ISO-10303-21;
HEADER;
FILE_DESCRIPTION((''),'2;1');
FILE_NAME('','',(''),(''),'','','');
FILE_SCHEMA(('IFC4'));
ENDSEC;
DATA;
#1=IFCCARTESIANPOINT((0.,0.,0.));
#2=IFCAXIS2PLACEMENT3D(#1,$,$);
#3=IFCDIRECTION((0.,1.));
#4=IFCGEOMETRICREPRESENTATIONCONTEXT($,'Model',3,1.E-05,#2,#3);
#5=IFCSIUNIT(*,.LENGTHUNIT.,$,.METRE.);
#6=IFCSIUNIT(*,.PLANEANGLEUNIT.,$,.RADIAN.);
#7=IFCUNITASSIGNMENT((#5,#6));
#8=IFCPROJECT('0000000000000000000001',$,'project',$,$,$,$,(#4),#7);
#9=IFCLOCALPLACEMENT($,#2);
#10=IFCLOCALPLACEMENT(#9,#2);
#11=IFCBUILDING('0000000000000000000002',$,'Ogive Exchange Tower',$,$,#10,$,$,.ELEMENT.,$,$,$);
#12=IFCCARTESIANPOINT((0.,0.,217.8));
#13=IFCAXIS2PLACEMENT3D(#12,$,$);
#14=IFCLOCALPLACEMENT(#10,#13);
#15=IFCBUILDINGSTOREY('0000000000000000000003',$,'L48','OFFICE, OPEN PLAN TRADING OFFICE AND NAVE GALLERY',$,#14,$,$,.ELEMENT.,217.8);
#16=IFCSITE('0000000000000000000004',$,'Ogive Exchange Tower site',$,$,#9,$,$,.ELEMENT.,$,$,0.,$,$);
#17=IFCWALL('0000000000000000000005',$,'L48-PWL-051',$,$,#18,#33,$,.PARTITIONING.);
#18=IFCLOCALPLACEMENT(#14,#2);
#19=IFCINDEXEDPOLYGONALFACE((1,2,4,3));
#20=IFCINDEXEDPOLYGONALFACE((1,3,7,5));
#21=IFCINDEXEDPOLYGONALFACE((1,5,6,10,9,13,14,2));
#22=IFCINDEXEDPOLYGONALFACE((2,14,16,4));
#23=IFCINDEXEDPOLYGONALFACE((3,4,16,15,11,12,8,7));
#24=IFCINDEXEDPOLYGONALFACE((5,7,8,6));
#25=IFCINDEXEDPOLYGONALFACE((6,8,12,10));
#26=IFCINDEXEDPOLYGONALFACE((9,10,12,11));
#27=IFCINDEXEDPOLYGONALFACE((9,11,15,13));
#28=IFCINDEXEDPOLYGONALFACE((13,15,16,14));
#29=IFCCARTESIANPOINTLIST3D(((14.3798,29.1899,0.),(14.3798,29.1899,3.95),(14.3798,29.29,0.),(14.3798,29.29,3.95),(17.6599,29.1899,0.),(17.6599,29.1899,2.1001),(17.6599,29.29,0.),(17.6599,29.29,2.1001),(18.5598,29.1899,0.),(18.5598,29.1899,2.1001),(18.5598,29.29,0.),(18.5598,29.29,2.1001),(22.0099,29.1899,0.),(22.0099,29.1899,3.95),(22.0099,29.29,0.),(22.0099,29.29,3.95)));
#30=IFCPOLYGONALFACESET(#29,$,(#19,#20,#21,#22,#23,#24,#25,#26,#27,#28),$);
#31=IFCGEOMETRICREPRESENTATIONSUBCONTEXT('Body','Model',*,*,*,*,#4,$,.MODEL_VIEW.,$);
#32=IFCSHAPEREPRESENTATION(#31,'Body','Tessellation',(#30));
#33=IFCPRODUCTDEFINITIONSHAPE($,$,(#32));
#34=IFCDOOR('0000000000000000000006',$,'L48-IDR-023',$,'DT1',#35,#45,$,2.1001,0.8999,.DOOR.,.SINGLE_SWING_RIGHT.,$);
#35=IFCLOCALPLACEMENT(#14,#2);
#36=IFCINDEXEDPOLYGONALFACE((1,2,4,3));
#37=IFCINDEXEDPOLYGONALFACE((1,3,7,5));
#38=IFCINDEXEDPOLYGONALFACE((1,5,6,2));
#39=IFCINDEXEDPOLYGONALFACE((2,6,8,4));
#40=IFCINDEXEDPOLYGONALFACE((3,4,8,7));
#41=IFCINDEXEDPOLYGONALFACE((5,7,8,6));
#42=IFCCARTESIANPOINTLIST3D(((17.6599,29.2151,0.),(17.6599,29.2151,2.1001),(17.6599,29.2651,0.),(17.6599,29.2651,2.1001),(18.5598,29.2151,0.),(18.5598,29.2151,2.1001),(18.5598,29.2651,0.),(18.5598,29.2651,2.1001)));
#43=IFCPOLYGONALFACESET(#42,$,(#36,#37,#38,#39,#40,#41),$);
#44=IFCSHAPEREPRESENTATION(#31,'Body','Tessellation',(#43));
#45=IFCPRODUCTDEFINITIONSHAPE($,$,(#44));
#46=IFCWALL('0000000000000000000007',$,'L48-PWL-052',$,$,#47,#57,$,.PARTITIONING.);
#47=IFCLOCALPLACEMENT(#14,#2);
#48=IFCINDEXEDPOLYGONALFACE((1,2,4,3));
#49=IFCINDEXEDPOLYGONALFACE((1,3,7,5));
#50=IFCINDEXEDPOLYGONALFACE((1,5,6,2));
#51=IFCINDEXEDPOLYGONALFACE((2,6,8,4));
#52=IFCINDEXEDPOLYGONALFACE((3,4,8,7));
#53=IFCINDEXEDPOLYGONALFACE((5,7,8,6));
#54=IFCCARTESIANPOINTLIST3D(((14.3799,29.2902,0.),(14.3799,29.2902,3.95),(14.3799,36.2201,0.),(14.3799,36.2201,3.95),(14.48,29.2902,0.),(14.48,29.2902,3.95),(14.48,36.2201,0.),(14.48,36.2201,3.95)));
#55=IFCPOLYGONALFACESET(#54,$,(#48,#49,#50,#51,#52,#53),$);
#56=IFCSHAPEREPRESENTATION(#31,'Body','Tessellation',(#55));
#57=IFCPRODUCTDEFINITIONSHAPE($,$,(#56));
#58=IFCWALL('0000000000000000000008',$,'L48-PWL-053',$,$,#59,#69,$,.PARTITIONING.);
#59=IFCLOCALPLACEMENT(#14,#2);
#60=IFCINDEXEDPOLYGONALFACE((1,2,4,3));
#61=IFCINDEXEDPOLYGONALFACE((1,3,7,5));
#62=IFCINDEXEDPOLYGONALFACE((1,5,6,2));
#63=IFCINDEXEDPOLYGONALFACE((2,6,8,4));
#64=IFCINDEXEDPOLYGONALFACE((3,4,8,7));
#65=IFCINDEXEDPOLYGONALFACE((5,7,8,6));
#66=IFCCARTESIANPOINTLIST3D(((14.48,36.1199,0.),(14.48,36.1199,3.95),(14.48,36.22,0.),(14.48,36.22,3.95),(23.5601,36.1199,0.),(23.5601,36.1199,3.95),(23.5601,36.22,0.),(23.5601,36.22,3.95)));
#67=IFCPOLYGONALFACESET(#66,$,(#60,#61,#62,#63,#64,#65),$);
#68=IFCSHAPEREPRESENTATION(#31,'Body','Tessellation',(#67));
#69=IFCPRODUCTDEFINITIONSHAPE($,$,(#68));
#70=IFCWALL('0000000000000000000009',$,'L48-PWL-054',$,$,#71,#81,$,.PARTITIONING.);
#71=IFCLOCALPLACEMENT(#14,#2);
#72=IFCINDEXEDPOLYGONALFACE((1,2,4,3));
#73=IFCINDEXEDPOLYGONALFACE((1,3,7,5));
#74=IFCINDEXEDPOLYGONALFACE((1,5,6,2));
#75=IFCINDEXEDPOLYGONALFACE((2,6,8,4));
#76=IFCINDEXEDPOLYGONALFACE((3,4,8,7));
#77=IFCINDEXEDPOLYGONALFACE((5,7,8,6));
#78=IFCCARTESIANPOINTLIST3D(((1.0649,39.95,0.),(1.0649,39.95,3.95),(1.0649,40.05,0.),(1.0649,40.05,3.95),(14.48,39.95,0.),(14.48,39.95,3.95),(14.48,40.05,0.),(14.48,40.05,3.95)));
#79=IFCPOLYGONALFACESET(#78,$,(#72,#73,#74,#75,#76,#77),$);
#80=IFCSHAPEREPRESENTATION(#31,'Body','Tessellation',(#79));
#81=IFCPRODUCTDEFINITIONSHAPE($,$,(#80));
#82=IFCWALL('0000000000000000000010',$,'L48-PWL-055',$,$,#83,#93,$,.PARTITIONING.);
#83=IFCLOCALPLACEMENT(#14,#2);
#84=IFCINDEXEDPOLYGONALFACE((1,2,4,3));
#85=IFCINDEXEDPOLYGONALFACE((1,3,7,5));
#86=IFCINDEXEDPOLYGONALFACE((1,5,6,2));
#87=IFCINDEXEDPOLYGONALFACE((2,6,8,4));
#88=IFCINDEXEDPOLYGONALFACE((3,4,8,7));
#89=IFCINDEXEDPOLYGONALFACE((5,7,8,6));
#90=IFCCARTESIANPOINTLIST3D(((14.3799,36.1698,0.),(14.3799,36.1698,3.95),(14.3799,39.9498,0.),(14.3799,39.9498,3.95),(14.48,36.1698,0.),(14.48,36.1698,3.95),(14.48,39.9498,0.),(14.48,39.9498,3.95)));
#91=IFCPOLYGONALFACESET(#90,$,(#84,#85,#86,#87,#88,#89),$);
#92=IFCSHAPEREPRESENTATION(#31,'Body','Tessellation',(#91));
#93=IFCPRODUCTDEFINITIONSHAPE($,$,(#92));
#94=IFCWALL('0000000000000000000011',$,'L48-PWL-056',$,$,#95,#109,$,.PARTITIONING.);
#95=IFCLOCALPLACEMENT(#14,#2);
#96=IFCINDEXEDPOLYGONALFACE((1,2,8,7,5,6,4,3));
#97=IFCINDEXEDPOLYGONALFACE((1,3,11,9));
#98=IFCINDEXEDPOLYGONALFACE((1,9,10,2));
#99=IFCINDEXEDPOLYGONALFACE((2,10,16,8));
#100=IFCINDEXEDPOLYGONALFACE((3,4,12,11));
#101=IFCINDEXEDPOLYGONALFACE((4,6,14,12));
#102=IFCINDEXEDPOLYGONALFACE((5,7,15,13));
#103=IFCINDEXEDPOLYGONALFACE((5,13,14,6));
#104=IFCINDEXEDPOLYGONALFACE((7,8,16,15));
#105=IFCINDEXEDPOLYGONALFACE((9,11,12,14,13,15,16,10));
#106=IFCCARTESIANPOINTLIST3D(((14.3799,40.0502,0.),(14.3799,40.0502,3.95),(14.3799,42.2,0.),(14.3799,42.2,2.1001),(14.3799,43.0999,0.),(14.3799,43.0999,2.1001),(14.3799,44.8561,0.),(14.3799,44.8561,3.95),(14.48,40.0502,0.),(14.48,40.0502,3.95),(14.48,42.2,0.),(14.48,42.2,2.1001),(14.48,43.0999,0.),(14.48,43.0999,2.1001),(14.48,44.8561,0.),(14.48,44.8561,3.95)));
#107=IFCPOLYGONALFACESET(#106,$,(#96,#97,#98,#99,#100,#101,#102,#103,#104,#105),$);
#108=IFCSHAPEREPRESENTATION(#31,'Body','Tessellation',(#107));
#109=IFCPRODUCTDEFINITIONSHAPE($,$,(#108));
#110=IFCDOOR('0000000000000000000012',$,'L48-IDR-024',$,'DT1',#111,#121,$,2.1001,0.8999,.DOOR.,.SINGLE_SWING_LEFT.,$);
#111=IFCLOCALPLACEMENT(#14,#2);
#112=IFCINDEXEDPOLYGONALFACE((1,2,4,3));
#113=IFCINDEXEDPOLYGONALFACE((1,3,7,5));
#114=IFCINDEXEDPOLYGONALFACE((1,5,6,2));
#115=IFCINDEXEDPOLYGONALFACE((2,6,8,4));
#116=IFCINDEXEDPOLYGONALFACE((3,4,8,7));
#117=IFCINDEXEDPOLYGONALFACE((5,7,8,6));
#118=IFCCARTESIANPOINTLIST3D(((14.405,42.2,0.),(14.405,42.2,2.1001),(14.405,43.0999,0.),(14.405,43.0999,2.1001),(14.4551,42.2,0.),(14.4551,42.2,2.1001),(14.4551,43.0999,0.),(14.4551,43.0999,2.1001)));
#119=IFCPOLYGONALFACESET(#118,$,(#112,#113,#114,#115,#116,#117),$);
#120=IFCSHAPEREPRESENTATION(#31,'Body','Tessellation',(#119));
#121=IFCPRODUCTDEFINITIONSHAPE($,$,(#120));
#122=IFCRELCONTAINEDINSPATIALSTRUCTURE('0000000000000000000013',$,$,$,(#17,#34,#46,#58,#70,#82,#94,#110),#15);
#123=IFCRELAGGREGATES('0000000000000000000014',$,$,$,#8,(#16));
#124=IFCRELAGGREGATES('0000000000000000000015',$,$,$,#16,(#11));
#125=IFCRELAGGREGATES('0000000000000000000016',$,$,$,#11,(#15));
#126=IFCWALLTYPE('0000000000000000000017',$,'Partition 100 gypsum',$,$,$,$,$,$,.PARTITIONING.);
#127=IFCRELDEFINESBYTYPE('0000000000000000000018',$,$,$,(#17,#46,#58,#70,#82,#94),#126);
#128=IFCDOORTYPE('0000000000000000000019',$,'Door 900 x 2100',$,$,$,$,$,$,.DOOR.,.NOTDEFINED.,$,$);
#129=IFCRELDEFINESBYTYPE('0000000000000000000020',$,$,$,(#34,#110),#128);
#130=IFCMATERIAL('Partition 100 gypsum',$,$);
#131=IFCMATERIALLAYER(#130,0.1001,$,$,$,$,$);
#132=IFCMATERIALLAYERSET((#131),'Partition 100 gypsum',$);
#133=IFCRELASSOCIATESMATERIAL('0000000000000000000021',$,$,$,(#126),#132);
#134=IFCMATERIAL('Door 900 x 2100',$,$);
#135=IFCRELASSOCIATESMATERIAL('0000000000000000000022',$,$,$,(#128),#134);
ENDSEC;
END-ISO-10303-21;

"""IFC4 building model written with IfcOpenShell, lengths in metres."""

from ifc_helpers import new_model, si_unit, direction, frame, frame_2d, origin, place, context, subcontext, project, spatial, rectangle, extrude, material, layer, layer_set, type_object, element, fill, save


model = new_model("IFC4")

# Units and contexts
model_context = context("Model", 3, precision=1e-05, world=origin(), true_north=direction((0.0, 1.0)))
body_context = subcontext(model_context, "Body", "Model", "MODEL_VIEW")
ifc_project = project(units=[si_unit("LENGTHUNIT", "METRE"), si_unit("PLANEANGLEUNIT", "RADIAN")], contexts=[model_context])

# Site, building, storey
site_placement = place(None, origin())
site = spatial("IfcSite", under=ifc_project, at=site_placement, Name="Ogive Exchange Tower site", CompositionType="ELEMENT", RefElevation=0.0)
building_placement = place(site_placement, origin())
building = spatial("IfcBuilding", under=site, at=building_placement, Name="Ogive Exchange Tower", CompositionType="ELEMENT")
storey_placement = place(building_placement, frame((0.0, 0.0, 217.8)))
storey = spatial("IfcBuildingStorey", under=building, at=storey_placement, Name="L48", Description="OFFICE, OPEN PLAN TRADING OFFICE AND NAVE GALLERY", CompositionType="ELEMENT", Elevation=217.8)

# Shared definitions
ifc_material_1 = material(Name="Partition 100 gypsum")
ifc_layer_1 = layer(ifc_material_1, 0.1001)
ifc_layer_set_1 = layer_set([ifc_layer_1], Name="Partition 100 gypsum")
wall_type_1 = type_object("IfcWallType", Name="Partition 100 gypsum", PredefinedType="PARTITIONING", material=ifc_layer_set_1)

# Wall, opening, door
wall_1_placement = place(storey_placement, frame((14.3799, 29.24, 0.0), z_axis=(0.0, 0.0, 1.0), x_axis=(1.0, 0.0, 0.0)))
wall_1 = element("IfcWall", 1, at=wall_1_placement, inside=storey, type_object=wall_type_1, Name="L48-PWL-051", PredefinedType="PARTITIONING", context=body_context, shape_type="SweptSolid", body=[
    extrude(rectangle(XDim=7.6301, YDim=0.1001, at=frame_2d((3.8149, 0.0))), origin(), (0.0, 0.0, 1.0), 3.95),
])
opening_1_placement = place(wall_1_placement, frame((3.28, 0.0, 0.0)))
opening_1 = element("IfcOpeningElement", 2, at=opening_1_placement, cuts=wall_1, PredefinedType="OPENING", context=body_context, shape_type="SweptSolid", body=[
    extrude(rectangle(XDim=0.8999, YDim=2.1001, at=frame_2d((0.45, 1.05))), frame((0.0, 0.0601, 0.0), z_axis=(0.0, -1.0, 0.0), x_axis=(1.0, 0.0, 0.0)), (0.0, 0.0, 1.0), 0.1201),
])
ifc_material_2 = material(Name="Door 900 x 2100")
door_type_1 = type_object("IfcDoorType", Name="Door 900 x 2100", OperationType="NOTDEFINED", PredefinedType="DOOR", material=ifc_material_2)
door_1_placement = place(opening_1_placement, frame((0.8999, 0.0, 0.0), z_axis=(0.0, 0.0, 1.0), x_axis=(-1.0, 0.0, 0.0)))
door_1 = element("IfcDoor", 3, at=door_1_placement, inside=storey, type_object=door_type_1, Name="L48-IDR-023", ObjectType="DT1", OperationType="SINGLE_SWING_RIGHT", OverallHeight=2.1001, OverallWidth=0.8999, PredefinedType="DOOR", context=body_context, shape_type="SweptSolid", body=[
    extrude(rectangle(XDim=0.8999, YDim=2.1001, at=frame_2d((0.45, 1.05))), frame((0.0, 0.0249, 0.0), z_axis=(0.0, -1.0, 0.0), x_axis=(1.0, 0.0, 0.0)), (0.0, 0.0, 1.0), 0.05),
])
fill(opening_1, door_1)

# Walls
wall_2_placement = place(storey_placement, frame((14.4299, 36.22, 0.0), z_axis=(0.0, 0.0, 1.0), x_axis=(0.0, -1.0, 0.0)))
element("IfcWall", 4, at=wall_2_placement, inside=storey, type_object=wall_type_1, Name="L48-PWL-052", PredefinedType="PARTITIONING", context=body_context, shape_type="SweptSolid", body=[
    extrude(rectangle(XDim=6.9299, YDim=0.1001, at=frame_2d((3.4648, 0.0))), origin(), (0.0, 0.0, 1.0), 3.95),
])
wall_3_placement = place(storey_placement, frame((14.48, 36.1699, 0.0), z_axis=(0.0, 0.0, 1.0), x_axis=(1.0, 0.0, 0.0)))
element("IfcWall", 5, at=wall_3_placement, inside=storey, type_object=wall_type_1, Name="L48-PWL-053", PredefinedType="PARTITIONING", context=body_context, shape_type="SweptSolid", body=[
    extrude(rectangle(XDim=9.0801, YDim=0.1001, at=frame_2d((4.54, 0.0))), origin(), (0.0, 0.0, 1.0), 3.95),
])
wall_4_placement = place(storey_placement, frame((14.48, 40.0, 0.0), z_axis=(0.0, 0.0, 1.0), x_axis=(-1.0, 0.0, 0.0)))
element("IfcWall", 6, at=wall_4_placement, inside=storey, type_object=wall_type_1, Name="L48-PWL-054", PredefinedType="PARTITIONING", context=body_context, shape_type="SweptSolid", body=[
    extrude(rectangle(XDim=13.415, YDim=0.1001, at=frame_2d((6.7075, 0.0))), origin(), (0.0, 0.0, 1.0), 3.95),
])
wall_5_placement = place(storey_placement, frame((14.4299, 39.95, 0.0), z_axis=(0.0, 0.0, 1.0), x_axis=(0.0, -1.0, 0.0)))
element("IfcWall", 7, at=wall_5_placement, inside=storey, type_object=wall_type_1, Name="L48-PWL-055", PredefinedType="PARTITIONING", context=body_context, shape_type="SweptSolid", body=[
    extrude(rectangle(XDim=3.78, YDim=0.1001, at=frame_2d((1.8901, 0.0))), origin(), (0.0, 0.0, 1.0), 3.95),
])

# Wall, opening, door
wall_6_placement = place(storey_placement, frame((14.4299, 44.856, 0.0), z_axis=(0.0, 0.0, 1.0), x_axis=(0.0, -1.0, 0.0)))
wall_6 = element("IfcWall", 8, at=wall_6_placement, inside=storey, type_object=wall_type_1, Name="L48-PWL-056", PredefinedType="PARTITIONING", context=body_context, shape_type="SweptSolid", body=[
    extrude(rectangle(XDim=4.8059, YDim=0.1001, at=frame_2d((2.4028, 0.0))), origin(), (0.0, 0.0, 1.0), 3.95),
])
opening_2_placement = place(wall_6_placement, frame((1.7561, 0.0, 0.0)))
opening_2 = element("IfcOpeningElement", 9, at=opening_2_placement, cuts=wall_6, PredefinedType="OPENING", context=body_context, shape_type="SweptSolid", body=[
    extrude(rectangle(XDim=0.8999, YDim=2.1001, at=frame_2d((0.45, 1.05))), frame((0.0, 0.0601, 0.0), z_axis=(0.0, -1.0, 0.0), x_axis=(1.0, 0.0, 0.0)), (0.0, 0.0, 1.0), 0.1201),
])
door_2_placement = place(opening_2_placement, frame((0.8999, 0.0, 0.0), z_axis=(0.0, 0.0, 1.0), x_axis=(-1.0, 0.0, 0.0)))
door_2 = element("IfcDoor", 10, at=door_2_placement, inside=storey, type_object=door_type_1, Name="L48-IDR-024", ObjectType="DT1", OperationType="SINGLE_SWING_LEFT", OverallHeight=2.1001, OverallWidth=0.8999, PredefinedType="DOOR", context=body_context, shape_type="SweptSolid", body=[
    extrude(rectangle(XDim=0.8999, YDim=2.1001, at=frame_2d((0.45, 1.05))), frame((0.0, 0.0249, 0.0), z_axis=(0.0, -1.0, 0.0), x_axis=(1.0, 0.0, 0.0)), (0.0, 0.0, 1.0), 0.05),
])
fill(opening_2, door_2)

save(model, "model.ifc")
